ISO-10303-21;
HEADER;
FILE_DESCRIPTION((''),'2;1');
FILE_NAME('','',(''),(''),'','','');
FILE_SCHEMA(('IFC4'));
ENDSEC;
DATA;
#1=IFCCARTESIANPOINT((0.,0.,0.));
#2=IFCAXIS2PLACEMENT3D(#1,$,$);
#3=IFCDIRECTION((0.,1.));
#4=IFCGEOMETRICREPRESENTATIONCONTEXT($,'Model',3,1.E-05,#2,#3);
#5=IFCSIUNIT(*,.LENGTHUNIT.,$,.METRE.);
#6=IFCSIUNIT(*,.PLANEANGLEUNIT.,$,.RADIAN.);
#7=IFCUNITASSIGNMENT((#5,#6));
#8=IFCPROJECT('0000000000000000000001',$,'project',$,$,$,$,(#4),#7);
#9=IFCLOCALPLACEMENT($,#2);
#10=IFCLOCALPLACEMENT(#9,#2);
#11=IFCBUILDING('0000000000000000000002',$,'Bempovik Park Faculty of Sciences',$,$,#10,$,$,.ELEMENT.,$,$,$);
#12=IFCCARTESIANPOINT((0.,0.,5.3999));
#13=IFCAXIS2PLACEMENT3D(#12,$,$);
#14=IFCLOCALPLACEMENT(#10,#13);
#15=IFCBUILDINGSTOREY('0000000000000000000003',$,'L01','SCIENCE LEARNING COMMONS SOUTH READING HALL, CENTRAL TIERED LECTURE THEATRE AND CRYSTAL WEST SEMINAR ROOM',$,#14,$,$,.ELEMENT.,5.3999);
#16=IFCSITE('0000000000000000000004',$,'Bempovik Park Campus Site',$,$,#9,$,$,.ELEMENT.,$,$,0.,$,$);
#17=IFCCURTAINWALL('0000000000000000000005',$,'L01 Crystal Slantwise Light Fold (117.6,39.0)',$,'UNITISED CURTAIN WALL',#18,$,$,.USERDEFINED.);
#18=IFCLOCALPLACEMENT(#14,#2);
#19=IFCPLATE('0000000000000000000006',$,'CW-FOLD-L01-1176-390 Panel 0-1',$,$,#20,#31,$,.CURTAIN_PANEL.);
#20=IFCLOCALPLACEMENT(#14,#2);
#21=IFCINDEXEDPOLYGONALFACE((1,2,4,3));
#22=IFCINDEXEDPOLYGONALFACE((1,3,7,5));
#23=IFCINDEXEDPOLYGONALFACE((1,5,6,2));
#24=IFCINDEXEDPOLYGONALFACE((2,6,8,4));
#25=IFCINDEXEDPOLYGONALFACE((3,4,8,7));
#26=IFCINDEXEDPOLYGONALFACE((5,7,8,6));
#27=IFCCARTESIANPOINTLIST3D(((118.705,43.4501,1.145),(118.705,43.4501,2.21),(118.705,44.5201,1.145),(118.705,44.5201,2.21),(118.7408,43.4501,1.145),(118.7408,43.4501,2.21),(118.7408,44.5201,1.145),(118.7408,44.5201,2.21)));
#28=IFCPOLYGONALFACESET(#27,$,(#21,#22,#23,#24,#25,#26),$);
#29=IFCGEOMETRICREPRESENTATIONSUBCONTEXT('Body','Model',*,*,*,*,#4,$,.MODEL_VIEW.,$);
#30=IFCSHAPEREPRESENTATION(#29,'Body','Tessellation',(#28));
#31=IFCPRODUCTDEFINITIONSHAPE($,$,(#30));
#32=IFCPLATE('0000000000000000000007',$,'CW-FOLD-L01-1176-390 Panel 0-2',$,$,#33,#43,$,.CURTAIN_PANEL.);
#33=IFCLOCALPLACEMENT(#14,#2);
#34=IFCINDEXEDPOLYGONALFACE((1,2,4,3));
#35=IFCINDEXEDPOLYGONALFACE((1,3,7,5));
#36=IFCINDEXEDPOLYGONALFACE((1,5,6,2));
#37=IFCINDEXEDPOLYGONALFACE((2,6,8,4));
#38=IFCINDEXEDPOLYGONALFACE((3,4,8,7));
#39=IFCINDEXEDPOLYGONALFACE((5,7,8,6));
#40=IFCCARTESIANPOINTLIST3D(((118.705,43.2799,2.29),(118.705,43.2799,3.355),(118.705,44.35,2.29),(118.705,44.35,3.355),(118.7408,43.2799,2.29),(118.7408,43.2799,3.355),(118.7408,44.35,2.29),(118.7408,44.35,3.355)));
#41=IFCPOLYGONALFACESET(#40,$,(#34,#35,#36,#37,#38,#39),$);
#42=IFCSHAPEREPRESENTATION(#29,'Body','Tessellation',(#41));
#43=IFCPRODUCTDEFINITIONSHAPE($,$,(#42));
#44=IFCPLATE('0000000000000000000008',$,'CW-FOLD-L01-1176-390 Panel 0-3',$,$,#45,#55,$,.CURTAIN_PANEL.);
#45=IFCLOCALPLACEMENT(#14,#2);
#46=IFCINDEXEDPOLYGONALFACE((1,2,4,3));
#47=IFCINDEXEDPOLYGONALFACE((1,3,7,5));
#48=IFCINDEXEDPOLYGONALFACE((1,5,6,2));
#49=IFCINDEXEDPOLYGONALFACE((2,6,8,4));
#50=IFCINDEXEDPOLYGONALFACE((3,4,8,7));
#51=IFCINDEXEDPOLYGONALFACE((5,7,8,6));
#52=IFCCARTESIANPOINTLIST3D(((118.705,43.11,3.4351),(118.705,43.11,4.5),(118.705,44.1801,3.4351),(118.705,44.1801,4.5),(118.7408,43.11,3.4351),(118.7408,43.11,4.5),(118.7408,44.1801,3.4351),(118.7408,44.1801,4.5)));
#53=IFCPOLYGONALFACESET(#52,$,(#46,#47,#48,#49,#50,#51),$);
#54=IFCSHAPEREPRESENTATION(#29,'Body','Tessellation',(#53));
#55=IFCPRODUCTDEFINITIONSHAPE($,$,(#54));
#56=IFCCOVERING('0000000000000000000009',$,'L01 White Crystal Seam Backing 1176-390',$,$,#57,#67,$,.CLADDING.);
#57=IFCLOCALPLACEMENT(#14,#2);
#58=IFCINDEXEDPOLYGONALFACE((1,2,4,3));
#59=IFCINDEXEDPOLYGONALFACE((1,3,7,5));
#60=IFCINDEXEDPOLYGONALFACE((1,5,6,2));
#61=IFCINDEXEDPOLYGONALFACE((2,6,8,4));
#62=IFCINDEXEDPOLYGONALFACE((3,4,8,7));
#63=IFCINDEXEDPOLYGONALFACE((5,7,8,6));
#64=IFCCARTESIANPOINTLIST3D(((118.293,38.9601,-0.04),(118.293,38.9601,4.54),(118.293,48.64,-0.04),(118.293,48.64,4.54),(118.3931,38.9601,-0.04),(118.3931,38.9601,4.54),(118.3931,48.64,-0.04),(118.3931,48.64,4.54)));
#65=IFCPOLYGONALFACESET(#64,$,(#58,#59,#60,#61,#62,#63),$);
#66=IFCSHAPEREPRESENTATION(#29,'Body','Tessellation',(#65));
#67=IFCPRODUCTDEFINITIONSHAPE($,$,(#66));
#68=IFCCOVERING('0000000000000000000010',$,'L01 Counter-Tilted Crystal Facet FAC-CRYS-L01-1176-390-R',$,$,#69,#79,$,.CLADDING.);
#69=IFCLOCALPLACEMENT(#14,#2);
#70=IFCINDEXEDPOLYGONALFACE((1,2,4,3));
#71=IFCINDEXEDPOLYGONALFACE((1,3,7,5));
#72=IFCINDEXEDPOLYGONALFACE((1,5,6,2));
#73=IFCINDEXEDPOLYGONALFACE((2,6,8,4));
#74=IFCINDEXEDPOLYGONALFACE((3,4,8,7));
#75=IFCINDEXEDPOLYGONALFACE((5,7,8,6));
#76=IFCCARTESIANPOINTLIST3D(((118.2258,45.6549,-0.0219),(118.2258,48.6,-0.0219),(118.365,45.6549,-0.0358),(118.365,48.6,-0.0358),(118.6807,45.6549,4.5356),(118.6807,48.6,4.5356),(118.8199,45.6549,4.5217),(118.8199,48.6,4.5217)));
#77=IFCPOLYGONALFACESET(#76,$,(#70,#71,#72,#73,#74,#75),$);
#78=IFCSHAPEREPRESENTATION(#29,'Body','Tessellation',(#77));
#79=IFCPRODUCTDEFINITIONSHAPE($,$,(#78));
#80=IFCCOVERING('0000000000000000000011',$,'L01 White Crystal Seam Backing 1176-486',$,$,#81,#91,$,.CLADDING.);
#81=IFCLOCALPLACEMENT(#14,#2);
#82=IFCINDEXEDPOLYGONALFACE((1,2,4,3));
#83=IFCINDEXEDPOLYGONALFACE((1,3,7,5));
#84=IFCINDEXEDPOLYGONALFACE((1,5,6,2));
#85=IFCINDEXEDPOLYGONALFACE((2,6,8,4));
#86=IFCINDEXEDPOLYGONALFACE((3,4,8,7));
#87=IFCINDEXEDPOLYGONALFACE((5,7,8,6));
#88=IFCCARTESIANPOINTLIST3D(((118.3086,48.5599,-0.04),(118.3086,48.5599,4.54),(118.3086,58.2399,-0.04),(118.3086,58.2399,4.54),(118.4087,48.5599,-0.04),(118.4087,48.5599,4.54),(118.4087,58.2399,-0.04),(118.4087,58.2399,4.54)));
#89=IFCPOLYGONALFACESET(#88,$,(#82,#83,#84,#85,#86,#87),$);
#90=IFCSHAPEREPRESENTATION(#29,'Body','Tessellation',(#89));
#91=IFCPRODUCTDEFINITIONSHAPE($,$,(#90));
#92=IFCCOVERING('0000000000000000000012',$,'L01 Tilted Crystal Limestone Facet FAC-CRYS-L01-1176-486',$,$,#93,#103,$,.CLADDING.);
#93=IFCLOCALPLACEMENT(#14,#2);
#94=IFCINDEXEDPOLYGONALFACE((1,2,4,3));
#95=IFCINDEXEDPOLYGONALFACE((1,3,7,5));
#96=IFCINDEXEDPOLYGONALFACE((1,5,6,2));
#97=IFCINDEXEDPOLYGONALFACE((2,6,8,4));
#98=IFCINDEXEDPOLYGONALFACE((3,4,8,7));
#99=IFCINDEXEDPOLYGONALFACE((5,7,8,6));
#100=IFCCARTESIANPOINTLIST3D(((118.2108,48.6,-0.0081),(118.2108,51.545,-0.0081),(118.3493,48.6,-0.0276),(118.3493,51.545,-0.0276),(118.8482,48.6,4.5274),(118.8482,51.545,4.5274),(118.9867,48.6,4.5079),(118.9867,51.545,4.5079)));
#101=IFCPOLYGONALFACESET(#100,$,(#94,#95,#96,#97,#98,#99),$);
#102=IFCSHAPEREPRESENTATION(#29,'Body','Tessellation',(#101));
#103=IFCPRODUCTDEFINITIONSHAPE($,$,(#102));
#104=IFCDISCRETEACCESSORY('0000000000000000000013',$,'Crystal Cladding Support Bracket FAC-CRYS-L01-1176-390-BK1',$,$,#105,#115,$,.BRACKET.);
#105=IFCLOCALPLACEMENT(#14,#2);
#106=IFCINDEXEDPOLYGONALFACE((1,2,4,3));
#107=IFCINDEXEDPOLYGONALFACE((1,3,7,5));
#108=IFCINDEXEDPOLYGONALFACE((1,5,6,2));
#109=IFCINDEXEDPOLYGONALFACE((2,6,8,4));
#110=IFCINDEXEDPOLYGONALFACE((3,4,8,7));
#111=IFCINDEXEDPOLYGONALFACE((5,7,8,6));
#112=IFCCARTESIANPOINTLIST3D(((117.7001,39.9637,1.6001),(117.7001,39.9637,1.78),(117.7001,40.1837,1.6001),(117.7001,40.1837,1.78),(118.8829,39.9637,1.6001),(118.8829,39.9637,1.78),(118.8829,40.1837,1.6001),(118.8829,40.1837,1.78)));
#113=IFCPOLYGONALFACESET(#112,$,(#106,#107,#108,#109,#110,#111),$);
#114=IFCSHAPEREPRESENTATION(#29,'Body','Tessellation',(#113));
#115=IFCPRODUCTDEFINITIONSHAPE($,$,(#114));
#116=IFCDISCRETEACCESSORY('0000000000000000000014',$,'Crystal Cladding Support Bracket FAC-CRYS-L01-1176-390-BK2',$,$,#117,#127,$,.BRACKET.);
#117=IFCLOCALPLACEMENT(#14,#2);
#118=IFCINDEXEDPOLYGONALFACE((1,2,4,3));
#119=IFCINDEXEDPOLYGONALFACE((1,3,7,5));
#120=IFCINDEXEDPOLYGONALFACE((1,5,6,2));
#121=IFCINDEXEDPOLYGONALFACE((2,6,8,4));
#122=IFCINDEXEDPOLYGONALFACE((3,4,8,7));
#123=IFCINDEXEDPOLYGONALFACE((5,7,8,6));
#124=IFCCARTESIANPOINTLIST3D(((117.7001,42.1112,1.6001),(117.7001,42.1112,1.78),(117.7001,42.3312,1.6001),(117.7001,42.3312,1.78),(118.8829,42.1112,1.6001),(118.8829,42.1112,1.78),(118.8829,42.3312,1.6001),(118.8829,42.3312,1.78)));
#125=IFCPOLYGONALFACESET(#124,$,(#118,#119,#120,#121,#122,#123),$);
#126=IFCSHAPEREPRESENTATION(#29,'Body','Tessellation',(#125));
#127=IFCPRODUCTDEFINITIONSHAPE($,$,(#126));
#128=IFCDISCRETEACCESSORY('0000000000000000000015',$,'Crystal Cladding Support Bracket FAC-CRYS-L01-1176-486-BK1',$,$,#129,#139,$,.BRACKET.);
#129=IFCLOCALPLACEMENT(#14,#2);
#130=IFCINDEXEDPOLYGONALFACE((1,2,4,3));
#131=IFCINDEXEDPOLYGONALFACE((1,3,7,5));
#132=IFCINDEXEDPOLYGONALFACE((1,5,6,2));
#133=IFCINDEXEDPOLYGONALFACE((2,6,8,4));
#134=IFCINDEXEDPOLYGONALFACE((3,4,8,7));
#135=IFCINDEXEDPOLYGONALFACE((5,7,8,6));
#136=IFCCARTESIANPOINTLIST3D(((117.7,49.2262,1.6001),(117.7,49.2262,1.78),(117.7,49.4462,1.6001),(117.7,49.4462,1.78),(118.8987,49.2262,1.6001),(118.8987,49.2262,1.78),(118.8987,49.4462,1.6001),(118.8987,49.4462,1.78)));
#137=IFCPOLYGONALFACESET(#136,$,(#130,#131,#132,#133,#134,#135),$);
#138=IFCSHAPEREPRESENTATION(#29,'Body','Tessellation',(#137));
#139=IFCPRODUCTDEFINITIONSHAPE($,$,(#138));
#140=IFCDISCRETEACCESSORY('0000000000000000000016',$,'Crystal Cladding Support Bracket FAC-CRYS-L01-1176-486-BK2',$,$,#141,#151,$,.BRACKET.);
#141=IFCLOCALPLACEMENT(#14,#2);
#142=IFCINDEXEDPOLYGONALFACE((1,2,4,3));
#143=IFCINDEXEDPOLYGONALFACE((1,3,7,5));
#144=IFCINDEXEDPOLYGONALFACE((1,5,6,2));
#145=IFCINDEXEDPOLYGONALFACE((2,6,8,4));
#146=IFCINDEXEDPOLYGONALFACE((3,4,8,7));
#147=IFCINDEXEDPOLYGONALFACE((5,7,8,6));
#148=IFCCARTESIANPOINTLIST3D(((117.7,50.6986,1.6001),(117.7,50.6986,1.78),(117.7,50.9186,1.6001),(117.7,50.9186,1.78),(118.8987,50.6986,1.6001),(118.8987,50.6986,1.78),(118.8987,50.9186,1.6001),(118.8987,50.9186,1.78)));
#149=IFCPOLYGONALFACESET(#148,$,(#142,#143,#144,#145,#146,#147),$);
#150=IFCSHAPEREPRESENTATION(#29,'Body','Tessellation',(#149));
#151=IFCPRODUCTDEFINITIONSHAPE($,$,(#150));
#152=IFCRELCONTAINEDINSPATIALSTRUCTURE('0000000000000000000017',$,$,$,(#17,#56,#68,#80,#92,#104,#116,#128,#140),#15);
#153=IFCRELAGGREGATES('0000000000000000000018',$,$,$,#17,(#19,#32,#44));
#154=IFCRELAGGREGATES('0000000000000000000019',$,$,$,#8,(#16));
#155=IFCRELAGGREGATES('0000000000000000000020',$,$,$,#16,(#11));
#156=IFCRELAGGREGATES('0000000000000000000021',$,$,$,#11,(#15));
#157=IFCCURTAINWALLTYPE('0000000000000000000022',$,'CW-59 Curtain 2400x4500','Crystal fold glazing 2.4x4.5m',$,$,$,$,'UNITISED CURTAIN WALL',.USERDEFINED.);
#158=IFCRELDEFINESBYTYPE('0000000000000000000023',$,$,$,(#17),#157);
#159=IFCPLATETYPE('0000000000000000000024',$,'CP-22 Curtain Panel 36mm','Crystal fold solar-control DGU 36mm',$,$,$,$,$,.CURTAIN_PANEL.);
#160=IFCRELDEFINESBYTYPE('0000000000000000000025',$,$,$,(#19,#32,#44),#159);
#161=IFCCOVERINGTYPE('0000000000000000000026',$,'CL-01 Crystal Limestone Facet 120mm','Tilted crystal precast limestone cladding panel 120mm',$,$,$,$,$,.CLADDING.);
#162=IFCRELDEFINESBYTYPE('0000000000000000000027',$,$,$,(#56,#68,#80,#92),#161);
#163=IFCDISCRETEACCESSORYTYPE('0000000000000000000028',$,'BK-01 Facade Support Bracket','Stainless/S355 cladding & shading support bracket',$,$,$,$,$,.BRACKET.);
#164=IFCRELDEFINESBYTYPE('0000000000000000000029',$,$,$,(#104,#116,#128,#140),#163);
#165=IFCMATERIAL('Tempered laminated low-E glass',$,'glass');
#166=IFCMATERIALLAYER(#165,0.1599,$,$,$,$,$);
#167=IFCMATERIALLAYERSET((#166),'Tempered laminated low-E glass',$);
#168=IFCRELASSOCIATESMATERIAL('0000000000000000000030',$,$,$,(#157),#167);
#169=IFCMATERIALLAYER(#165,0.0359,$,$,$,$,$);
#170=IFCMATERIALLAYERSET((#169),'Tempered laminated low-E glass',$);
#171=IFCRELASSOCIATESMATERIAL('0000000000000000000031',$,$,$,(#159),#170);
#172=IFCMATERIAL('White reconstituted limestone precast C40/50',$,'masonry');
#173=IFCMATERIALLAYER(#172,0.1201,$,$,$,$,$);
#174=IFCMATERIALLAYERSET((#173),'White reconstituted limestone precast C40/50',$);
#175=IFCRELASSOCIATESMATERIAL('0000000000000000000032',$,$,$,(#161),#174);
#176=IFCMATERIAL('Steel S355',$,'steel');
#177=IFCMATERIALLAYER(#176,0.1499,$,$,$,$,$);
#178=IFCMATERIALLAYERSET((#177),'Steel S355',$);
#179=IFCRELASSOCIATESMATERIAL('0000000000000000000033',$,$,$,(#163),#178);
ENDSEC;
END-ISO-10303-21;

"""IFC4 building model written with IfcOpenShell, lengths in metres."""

from ifc_helpers import new_model, si_unit, direction, frame, origin, origin_2d, place, context, subcontext, project, spatial, rectangle, extrude, material, layer, layer_set, type_object, element, aggregate, save


model = new_model("IFC4")

# Units and contexts
model_context = context("Model", 3, precision=1e-05, world=origin(), true_north=direction((0.0, 1.0)))
body_context = subcontext(model_context, "Body", "Model", "MODEL_VIEW")
ifc_project = project(units=[si_unit("LENGTHUNIT", "METRE"), si_unit("PLANEANGLEUNIT", "RADIAN")], contexts=[model_context])

# Site, building, storey
site_placement = place(None, origin())
site = spatial("IfcSite", under=ifc_project, at=site_placement, Name="Bempovik Park Campus Site", CompositionType="ELEMENT", RefElevation=0.0)
building_placement = place(site_placement, origin())
building = spatial("IfcBuilding", under=site, at=building_placement, Name="Bempovik Park Faculty of Sciences", CompositionType="ELEMENT")
storey_placement = place(building_placement, frame((0.0, 0.0, 5.3999)))
storey = spatial("IfcBuildingStorey", under=building, at=storey_placement, Name="L01", Description="SCIENCE LEARNING COMMONS SOUTH READING HALL, CENTRAL TIERED LECTURE THEATRE AND CRYSTAL WEST SEMINAR ROOM", CompositionType="ELEMENT", Elevation=5.3999)

# Curtain wall
ifc_material_1 = material(Name="Tempered laminated low-E glass", Category="glass")
ifc_layer_1 = layer(ifc_material_1, 0.1599)
ifc_layer_set_1 = layer_set([ifc_layer_1], Name="Tempered laminated low-E glass")
curtain_wall_type_1 = type_object("IfcCurtainWallType", Name="CW-59 Curtain 2400x4500", Description="Crystal fold glazing 2.4x4.5m", ElementType="UNITISED CURTAIN WALL", PredefinedType="USERDEFINED", material=ifc_layer_set_1)
curtain_wall_1_placement = place(storey_placement, origin())
curtain_wall_1 = element("IfcCurtainWall", 1, at=curtain_wall_1_placement, inside=storey, type_object=curtain_wall_type_1, Name="L01 Crystal Slantwise Light Fold (117.6,39.0)", ObjectType="UNITISED CURTAIN WALL", PredefinedType="USERDEFINED")

# Plates
ifc_layer_2 = layer(ifc_material_1, 0.0359)
ifc_layer_set_2 = layer_set([ifc_layer_2], Name="Tempered laminated low-E glass")
plate_type_1 = type_object("IfcPlateType", Name="CP-22 Curtain Panel 36mm", Description="Crystal fold solar-control DGU 36mm", PredefinedType="CURTAIN_PANEL", material=ifc_layer_set_2)
plate_1_placement = place(storey_placement, frame((118.7229, 43.9851, 1.145), z_axis=(0.0, 0.0, 1.0), x_axis=(0.0, 1.0, 0.0)))
plate_1 = element("IfcPlate", 2, at=plate_1_placement, type_object=plate_type_1, Name="CW-FOLD-L01-1176-390 Panel 0-1", PredefinedType="CURTAIN_PANEL", context=body_context, shape_type="SweptSolid", body=[
    extrude(rectangle(XDim=1.0701, YDim=0.0359, at=origin_2d()), origin(), (0.0, 0.0, 1.0), 1.0649),
])
plate_2_placement = place(storey_placement, frame((118.7229, 43.8149, 2.29), z_axis=(0.0, 0.0, 1.0), x_axis=(0.0, 1.0, 0.0)))
plate_2 = element("IfcPlate", 3, at=plate_2_placement, type_object=plate_type_1, Name="CW-FOLD-L01-1176-390 Panel 0-2", PredefinedType="CURTAIN_PANEL", context=body_context, shape_type="SweptSolid", body=[
    extrude(rectangle(XDim=1.0701, YDim=0.0359, at=origin_2d()), origin(), (0.0, 0.0, 1.0), 1.0649),
])
plate_3_placement = place(storey_placement, frame((118.7229, 43.645, 3.4351), z_axis=(0.0, 0.0, 1.0), x_axis=(0.0, 1.0, 0.0)))
plate_3 = element("IfcPlate", 4, at=plate_3_placement, type_object=plate_type_1, Name="CW-FOLD-L01-1176-390 Panel 0-3", PredefinedType="CURTAIN_PANEL", context=body_context, shape_type="SweptSolid", body=[
    extrude(rectangle(XDim=1.0701, YDim=0.0359, at=origin_2d()), origin(), (0.0, 0.0, 1.0), 1.0649),
])
aggregate(curtain_wall_1, [plate_1, plate_2, plate_3])

# Coverings
ifc_material_2 = material(Name="White reconstituted limestone precast C40/50", Category="masonry")
ifc_layer_3 = layer(ifc_material_2, 0.1201)
ifc_layer_set_3 = layer_set([ifc_layer_3], Name="White reconstituted limestone precast C40/50")
covering_type = type_object("IfcCoveringType", Name="CL-01 Crystal Limestone Facet 120mm", Description="Tilted crystal precast limestone cladding panel 120mm", PredefinedType="CLADDING", material=ifc_layer_set_3)
covering_1_placement = place(storey_placement, frame((118.343, 43.8, -0.04), z_axis=(0.0, 0.0, 1.0), x_axis=(1.0, 0.0, 0.0)))
element("IfcCovering", 5, at=covering_1_placement, inside=storey, type_object=covering_type, Name="L01 White Crystal Seam Backing 1176-390", PredefinedType="CLADDING", context=body_context, shape_type="SweptSolid", body=[
    extrude(rectangle(XDim=0.1001, YDim=9.6799, at=origin_2d()), origin(), (0.0, 0.0, 1.0), 4.5801),
])
covering_2_placement = place(storey_placement, frame((118.2954, 47.1274, -0.0288), z_axis=(0.09932, 0.0, 0.995056), x_axis=(0.0, 1.0, 0.0)))
element("IfcCovering", 6, at=covering_2_placement, inside=storey, type_object=covering_type, Name="L01 Counter-Tilted Crystal Facet FAC-CRYS-L01-1176-390-R", PredefinedType="CLADDING", context=body_context, shape_type="SweptSolid", body=[
    extrude(rectangle(XDim=2.9451, YDim=0.1399, at=origin_2d()), origin(), (0.0, 0.0, 1.0), 4.5801),
])
covering_3_placement = place(storey_placement, frame((118.3586, 53.3999, -0.04), z_axis=(0.0, 0.0, 1.0), x_axis=(1.0, 0.0, 0.0)))
element("IfcCovering", 7, at=covering_3_placement, inside=storey, type_object=covering_type, Name="L01 White Crystal Seam Backing 1176-486", PredefinedType="CLADDING", context=body_context, shape_type="SweptSolid", body=[
    extrude(rectangle(XDim=0.1001, YDim=9.6799, at=origin_2d()), origin(), (0.0, 0.0, 1.0), 4.5801),
])
covering_4_placement = place(storey_placement, frame((118.28, 50.0725, -0.0178), z_axis=(0.139173, 0.0, 0.990268), x_axis=(0.0, 1.0, 0.0)))
element("IfcCovering", 8, at=covering_4_placement, inside=storey, type_object=covering_type, Name="L01 Tilted Crystal Limestone Facet FAC-CRYS-L01-1176-486", PredefinedType="CLADDING", context=body_context, shape_type="SweptSolid", body=[
    extrude(rectangle(XDim=2.9451, YDim=0.1399, at=origin_2d()), origin(), (0.0, 0.0, 1.0), 4.5801),
])

# Discrete accessories
ifc_material_3 = material(Name="Steel S355", Category="steel")
ifc_layer_4 = layer(ifc_material_3, 0.1499)
ifc_layer_set_4 = layer_set([ifc_layer_4], Name="Steel S355")
discrete_accessory_type = type_object("IfcDiscreteAccessoryType", Name="BK-01 Facade Support Bracket", Description="Stainless/S355 cladding & shading support bracket", PredefinedType="BRACKET", material=ifc_layer_set_4)
for number, where, z_axis, x_axis, name in (
    (9, (118.2915, 40.0737, 1.6001), (0.0, 0.0, 1.0), (1.0, 0.0, 0.0), "Crystal Cladding Support Bracket FAC-CRYS-L01-1176-390-BK1"),
    (10, (118.2915, 42.2212, 1.6001), (0.0, 0.0, 1.0), (1.0, 0.0, 0.0), "Crystal Cladding Support Bracket FAC-CRYS-L01-1176-390-BK2"),
):
    element("IfcDiscreteAccessory", number, at=place(storey_placement, frame(where, z_axis=z_axis, x_axis=x_axis)), inside=storey, type_object=discrete_accessory_type, Name=name, PredefinedType="BRACKET", context=body_context, shape_type="SweptSolid", body=[
        extrude(rectangle(XDim=1.1829, YDim=0.22, at=origin_2d()), origin(), (0.0, 0.0, 1.0), 0.1799),
    ])
for number, where, z_axis, x_axis, name in (
    (11, (118.2993, 49.3362, 1.6001), (0.0, 0.0, 1.0), (1.0, 0.0, 0.0), "Crystal Cladding Support Bracket FAC-CRYS-L01-1176-486-BK1"),
    (12, (118.2993, 50.8086, 1.6001), (0.0, 0.0, 1.0), (1.0, 0.0, 0.0), "Crystal Cladding Support Bracket FAC-CRYS-L01-1176-486-BK2"),
):
    element("IfcDiscreteAccessory", number, at=place(storey_placement, frame(where, z_axis=z_axis, x_axis=x_axis)), inside=storey, type_object=discrete_accessory_type, Name=name, PredefinedType="BRACKET", context=body_context, shape_type="SweptSolid", body=[
        extrude(rectangle(XDim=1.1987, YDim=0.22, at=origin_2d()), origin(), (0.0, 0.0, 1.0), 0.1799),
    ])

save(model, "model.ifc")
